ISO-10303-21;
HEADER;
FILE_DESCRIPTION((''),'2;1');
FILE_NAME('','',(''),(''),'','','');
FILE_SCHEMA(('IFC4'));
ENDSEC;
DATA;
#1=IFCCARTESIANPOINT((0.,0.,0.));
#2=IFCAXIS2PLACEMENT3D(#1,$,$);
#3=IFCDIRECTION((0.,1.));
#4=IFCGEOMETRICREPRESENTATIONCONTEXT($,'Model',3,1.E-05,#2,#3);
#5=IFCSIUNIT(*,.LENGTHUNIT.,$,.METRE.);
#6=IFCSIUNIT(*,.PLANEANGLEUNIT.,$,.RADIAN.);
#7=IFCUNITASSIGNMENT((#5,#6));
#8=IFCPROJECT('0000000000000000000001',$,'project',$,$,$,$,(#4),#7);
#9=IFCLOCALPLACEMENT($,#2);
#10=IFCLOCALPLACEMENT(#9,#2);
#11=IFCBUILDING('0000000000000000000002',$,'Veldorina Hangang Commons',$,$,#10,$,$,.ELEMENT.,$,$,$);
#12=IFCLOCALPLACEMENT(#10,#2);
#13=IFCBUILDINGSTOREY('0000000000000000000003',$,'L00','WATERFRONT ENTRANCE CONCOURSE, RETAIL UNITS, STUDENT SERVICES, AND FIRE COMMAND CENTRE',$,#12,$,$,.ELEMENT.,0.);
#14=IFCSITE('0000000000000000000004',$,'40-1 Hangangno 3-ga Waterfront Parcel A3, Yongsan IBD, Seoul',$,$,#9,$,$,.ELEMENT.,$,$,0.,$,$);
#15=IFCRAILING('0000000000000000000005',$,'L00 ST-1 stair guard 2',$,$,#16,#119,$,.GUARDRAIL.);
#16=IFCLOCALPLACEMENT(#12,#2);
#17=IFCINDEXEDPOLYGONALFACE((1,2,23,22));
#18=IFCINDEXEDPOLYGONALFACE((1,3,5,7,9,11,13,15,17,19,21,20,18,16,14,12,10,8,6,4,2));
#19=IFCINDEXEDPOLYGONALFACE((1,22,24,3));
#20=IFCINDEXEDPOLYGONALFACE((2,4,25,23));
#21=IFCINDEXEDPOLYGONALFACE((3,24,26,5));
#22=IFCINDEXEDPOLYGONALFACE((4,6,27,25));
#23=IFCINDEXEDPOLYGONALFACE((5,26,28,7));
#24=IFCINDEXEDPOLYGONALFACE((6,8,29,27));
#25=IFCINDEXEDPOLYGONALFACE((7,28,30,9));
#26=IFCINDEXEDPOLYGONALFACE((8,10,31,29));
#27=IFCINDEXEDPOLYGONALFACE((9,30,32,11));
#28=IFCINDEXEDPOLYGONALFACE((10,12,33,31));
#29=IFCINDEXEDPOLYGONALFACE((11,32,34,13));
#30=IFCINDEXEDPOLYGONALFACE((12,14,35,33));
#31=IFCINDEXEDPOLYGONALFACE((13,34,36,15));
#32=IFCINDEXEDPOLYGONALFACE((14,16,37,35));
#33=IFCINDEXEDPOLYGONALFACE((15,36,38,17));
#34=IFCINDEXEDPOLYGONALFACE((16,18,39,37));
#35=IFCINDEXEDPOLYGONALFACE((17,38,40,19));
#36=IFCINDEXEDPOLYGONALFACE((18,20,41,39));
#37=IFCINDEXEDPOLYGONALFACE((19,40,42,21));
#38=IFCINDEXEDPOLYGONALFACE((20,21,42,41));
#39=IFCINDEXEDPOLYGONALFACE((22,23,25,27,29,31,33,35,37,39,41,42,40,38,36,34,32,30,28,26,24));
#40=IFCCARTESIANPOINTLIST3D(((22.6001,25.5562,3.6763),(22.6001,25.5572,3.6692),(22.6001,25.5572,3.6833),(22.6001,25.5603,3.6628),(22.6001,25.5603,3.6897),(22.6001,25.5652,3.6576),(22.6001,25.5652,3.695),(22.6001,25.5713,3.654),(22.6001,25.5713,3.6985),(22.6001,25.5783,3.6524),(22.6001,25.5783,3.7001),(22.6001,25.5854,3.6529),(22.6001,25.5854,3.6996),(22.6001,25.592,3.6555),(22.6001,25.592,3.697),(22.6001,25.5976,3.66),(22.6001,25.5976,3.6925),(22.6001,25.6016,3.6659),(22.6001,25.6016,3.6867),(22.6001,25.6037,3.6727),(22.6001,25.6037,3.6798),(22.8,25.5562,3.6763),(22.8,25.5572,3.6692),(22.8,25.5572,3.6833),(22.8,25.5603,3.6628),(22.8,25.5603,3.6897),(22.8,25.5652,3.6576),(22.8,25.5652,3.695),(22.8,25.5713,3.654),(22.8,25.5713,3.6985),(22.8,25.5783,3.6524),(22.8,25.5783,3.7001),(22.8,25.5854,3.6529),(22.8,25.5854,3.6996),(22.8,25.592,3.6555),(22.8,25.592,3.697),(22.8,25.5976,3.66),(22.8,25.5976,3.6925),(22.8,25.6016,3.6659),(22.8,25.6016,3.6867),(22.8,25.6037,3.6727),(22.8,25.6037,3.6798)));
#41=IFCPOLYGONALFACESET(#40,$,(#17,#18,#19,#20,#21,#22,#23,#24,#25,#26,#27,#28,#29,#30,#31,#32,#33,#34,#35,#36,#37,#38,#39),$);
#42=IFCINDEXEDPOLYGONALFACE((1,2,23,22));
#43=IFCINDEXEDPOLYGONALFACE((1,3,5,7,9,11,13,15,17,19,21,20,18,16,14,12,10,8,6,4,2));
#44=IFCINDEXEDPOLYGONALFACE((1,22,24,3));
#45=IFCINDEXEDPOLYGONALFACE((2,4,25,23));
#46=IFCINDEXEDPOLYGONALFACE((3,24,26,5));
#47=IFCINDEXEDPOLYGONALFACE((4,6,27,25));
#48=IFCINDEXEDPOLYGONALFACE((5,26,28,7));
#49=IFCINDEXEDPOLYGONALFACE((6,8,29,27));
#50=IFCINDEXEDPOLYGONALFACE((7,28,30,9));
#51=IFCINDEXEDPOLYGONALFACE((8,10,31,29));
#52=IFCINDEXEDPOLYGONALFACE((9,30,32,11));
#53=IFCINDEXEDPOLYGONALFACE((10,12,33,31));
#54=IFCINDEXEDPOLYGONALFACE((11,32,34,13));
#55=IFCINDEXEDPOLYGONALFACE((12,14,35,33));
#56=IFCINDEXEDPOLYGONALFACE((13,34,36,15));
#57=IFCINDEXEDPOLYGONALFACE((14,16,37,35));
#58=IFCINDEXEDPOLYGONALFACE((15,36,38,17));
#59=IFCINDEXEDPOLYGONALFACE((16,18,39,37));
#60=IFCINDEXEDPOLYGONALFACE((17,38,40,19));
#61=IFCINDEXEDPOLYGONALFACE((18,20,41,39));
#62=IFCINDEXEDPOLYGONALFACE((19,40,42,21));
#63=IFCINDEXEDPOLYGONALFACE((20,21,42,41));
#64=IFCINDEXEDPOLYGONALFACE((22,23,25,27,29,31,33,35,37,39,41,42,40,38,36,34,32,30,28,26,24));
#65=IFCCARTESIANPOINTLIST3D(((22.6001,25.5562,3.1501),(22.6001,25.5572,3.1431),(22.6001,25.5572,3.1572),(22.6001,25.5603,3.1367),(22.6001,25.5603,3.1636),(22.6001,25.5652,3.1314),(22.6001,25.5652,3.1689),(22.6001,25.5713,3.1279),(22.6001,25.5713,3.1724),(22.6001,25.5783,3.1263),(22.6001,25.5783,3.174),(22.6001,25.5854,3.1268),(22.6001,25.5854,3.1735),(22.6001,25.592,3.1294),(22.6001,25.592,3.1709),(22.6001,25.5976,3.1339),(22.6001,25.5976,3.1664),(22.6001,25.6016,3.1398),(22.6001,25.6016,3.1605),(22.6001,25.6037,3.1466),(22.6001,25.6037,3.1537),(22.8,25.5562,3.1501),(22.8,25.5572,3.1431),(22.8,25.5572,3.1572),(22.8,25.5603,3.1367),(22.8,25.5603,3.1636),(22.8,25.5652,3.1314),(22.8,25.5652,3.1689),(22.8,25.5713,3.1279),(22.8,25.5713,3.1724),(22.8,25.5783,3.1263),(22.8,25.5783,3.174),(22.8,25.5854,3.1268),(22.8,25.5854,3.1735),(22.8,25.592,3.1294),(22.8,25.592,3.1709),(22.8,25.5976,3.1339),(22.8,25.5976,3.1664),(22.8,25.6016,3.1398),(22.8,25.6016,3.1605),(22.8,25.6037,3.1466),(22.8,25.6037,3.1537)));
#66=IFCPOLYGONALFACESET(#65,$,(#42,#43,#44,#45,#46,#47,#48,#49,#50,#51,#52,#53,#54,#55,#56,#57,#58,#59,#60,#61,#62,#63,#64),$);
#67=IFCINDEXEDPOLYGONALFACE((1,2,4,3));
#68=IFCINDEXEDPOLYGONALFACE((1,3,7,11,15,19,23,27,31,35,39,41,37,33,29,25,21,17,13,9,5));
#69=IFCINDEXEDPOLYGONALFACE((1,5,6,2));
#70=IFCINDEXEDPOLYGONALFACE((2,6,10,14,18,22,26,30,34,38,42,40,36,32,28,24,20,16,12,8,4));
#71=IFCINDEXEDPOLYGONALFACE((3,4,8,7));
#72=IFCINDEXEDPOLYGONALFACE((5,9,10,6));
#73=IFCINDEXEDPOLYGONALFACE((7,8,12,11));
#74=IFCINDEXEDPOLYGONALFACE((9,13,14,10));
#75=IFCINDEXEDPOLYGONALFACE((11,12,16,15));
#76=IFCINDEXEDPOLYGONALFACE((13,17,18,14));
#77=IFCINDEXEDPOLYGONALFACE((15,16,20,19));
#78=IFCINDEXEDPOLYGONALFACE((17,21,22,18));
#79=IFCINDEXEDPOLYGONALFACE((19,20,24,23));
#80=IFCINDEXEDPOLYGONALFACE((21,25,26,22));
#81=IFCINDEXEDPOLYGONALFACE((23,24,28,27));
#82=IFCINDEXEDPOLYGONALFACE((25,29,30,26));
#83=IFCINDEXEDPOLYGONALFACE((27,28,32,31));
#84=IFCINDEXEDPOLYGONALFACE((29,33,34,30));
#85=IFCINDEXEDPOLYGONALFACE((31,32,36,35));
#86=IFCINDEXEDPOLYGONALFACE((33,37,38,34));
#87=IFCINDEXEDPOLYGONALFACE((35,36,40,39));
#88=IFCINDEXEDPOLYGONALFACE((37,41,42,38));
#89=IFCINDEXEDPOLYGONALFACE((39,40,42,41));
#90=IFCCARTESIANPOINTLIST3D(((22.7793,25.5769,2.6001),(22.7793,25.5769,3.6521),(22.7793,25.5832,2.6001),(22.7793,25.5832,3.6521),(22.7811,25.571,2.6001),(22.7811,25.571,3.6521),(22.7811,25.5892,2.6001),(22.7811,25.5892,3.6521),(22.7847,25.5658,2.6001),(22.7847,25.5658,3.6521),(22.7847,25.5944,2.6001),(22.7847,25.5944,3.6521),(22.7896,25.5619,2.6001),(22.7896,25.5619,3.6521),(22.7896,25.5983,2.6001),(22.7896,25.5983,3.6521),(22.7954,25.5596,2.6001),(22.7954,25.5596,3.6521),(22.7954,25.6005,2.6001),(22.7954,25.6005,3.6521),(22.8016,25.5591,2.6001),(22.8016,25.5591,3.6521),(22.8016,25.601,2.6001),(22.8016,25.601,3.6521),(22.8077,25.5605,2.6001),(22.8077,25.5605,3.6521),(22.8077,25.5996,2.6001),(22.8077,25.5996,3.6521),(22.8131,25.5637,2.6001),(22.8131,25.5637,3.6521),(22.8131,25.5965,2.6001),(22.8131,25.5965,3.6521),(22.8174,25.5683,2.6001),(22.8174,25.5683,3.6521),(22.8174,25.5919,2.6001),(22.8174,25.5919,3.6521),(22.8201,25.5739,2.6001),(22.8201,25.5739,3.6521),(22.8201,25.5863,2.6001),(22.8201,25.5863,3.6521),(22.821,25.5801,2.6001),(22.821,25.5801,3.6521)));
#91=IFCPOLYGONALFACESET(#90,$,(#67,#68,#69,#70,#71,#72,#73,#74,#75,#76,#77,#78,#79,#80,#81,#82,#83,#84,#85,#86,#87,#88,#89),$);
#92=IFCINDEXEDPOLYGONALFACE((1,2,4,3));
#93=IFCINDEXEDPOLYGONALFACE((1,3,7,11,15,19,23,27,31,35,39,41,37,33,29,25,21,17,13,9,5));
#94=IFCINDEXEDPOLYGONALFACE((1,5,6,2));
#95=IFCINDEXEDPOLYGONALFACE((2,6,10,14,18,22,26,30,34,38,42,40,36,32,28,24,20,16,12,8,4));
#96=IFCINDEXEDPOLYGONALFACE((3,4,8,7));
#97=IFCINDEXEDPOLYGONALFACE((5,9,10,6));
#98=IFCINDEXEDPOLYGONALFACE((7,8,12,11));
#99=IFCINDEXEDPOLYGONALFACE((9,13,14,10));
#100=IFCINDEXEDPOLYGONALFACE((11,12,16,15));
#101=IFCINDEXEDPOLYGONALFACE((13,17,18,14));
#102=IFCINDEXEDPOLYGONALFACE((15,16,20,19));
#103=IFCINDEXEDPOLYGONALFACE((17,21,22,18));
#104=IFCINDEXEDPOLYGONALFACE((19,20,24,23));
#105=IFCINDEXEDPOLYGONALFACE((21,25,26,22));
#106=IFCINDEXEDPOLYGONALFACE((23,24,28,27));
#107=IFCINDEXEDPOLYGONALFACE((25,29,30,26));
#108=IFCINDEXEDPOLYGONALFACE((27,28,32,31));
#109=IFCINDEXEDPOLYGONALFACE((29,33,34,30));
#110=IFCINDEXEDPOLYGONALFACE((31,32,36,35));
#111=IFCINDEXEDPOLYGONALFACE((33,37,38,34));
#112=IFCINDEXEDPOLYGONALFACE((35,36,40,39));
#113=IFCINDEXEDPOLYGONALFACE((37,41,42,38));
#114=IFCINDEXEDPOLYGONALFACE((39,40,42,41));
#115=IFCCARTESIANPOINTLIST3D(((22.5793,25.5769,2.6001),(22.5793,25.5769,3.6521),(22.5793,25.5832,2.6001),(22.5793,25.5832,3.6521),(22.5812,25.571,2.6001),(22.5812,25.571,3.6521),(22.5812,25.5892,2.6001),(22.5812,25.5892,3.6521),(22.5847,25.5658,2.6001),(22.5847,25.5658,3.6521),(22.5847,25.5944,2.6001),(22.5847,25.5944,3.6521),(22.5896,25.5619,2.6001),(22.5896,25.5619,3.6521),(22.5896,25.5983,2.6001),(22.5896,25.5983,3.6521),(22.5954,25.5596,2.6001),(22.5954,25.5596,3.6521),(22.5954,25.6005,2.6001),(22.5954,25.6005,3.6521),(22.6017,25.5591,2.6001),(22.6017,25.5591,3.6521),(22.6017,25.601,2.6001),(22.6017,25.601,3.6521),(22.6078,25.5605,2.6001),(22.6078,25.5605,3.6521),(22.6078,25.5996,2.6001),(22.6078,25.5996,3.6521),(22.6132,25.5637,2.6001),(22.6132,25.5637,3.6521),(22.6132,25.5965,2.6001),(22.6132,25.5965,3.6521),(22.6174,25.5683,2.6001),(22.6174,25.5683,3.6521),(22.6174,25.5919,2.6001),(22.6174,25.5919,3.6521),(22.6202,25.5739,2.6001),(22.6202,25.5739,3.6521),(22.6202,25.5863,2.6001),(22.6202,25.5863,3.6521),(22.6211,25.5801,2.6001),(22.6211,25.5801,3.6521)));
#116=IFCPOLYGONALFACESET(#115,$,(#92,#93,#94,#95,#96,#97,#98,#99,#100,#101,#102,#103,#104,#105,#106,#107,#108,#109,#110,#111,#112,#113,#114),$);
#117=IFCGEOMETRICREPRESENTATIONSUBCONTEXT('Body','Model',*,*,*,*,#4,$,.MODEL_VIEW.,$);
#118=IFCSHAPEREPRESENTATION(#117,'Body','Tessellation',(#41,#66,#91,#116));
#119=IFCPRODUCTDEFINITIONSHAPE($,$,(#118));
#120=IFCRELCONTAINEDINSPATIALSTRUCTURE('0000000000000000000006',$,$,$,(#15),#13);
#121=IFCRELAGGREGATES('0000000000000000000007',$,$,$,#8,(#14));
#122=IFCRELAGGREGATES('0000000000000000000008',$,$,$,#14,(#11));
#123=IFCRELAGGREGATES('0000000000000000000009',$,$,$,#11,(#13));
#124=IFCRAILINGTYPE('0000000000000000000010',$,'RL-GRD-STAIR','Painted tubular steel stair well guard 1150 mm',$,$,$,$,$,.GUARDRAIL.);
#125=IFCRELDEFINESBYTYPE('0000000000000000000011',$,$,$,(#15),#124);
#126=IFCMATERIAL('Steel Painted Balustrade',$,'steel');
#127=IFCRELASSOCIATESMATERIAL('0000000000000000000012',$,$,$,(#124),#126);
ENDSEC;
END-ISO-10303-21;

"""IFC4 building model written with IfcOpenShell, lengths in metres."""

from ifc_helpers import new_model, si_unit, direction, frame, origin, origin_2d, place, context, subcontext, project, spatial, circle, extrude, material, type_object, element, save


model = new_model("IFC4")

# Units and contexts
model_context = context("Model", 3, precision=1e-05, world=origin(), true_north=direction((0.0, 1.0)))
body_context = subcontext(model_context, "Body", "Model", "MODEL_VIEW")
ifc_project = project(units=[si_unit("LENGTHUNIT", "METRE"), si_unit("PLANEANGLEUNIT", "RADIAN")], contexts=[model_context])

# Site, building, storey
site_placement = place(None, origin())
site = spatial("IfcSite", under=ifc_project, at=site_placement, Name="40-1 Hangangno 3-ga Waterfront Parcel A3, Yongsan IBD, Seoul", CompositionType="ELEMENT", RefElevation=0.0)
building_placement = place(site_placement, origin())
building = spatial("IfcBuilding", under=site, at=building_placement, Name="Veldorina Hangang Commons", CompositionType="ELEMENT")
storey_placement = place(building_placement, origin())
storey = spatial("IfcBuildingStorey", under=building, at=storey_placement, Name="L00", Description="WATERFRONT ENTRANCE CONCOURSE, RETAIL UNITS, STUDENT SERVICES, AND FIRE COMMAND CENTRE", CompositionType="ELEMENT", Elevation=0.0)

# Railing
ifc_material_1 = material(Name="Steel Painted Balustrade", Category="steel")
railing_type_1 = type_object("IfcRailingType", Name="RL-GRD-STAIR", Description="Painted tubular steel stair well guard 1150 mm", PredefinedType="GUARDRAIL", material=ifc_material_1)
railing_1_placement = place(storey_placement, frame((22.8, 25.5801, 2.6001)))
element("IfcRailing", 1, at=railing_1_placement, inside=storey, type_object=railing_type_1, Name="L00 ST-1 stair guard 2", PredefinedType="GUARDRAIL", context=body_context, shape_type="SweptSolid", body=[
    extrude(circle(Radius=0.0239, at=origin_2d()), frame((0.0, 0.0, 1.0762), z_axis=(-1.0, 0.0, 0.0), x_axis=(0.0, -1.0, 0.0)), (0.0, 0.0, 1.0), 0.2),
    extrude(circle(Radius=0.0239, at=origin_2d()), frame((0.0, 0.0, 0.55), z_axis=(-1.0, 0.0, 0.0), x_axis=(0.0, -1.0, 0.0)), (0.0, 0.0, 1.0), 0.2),
    extrude(circle(Radius=0.021, at=origin_2d()), origin(), (0.0, 0.0, 1.0), 1.052),
    extrude(circle(Radius=0.021, at=origin_2d()), frame((-0.2, 0.0, 0.0)), (0.0, 0.0, 1.0), 1.052),
])

save(model, "model.ifc")
